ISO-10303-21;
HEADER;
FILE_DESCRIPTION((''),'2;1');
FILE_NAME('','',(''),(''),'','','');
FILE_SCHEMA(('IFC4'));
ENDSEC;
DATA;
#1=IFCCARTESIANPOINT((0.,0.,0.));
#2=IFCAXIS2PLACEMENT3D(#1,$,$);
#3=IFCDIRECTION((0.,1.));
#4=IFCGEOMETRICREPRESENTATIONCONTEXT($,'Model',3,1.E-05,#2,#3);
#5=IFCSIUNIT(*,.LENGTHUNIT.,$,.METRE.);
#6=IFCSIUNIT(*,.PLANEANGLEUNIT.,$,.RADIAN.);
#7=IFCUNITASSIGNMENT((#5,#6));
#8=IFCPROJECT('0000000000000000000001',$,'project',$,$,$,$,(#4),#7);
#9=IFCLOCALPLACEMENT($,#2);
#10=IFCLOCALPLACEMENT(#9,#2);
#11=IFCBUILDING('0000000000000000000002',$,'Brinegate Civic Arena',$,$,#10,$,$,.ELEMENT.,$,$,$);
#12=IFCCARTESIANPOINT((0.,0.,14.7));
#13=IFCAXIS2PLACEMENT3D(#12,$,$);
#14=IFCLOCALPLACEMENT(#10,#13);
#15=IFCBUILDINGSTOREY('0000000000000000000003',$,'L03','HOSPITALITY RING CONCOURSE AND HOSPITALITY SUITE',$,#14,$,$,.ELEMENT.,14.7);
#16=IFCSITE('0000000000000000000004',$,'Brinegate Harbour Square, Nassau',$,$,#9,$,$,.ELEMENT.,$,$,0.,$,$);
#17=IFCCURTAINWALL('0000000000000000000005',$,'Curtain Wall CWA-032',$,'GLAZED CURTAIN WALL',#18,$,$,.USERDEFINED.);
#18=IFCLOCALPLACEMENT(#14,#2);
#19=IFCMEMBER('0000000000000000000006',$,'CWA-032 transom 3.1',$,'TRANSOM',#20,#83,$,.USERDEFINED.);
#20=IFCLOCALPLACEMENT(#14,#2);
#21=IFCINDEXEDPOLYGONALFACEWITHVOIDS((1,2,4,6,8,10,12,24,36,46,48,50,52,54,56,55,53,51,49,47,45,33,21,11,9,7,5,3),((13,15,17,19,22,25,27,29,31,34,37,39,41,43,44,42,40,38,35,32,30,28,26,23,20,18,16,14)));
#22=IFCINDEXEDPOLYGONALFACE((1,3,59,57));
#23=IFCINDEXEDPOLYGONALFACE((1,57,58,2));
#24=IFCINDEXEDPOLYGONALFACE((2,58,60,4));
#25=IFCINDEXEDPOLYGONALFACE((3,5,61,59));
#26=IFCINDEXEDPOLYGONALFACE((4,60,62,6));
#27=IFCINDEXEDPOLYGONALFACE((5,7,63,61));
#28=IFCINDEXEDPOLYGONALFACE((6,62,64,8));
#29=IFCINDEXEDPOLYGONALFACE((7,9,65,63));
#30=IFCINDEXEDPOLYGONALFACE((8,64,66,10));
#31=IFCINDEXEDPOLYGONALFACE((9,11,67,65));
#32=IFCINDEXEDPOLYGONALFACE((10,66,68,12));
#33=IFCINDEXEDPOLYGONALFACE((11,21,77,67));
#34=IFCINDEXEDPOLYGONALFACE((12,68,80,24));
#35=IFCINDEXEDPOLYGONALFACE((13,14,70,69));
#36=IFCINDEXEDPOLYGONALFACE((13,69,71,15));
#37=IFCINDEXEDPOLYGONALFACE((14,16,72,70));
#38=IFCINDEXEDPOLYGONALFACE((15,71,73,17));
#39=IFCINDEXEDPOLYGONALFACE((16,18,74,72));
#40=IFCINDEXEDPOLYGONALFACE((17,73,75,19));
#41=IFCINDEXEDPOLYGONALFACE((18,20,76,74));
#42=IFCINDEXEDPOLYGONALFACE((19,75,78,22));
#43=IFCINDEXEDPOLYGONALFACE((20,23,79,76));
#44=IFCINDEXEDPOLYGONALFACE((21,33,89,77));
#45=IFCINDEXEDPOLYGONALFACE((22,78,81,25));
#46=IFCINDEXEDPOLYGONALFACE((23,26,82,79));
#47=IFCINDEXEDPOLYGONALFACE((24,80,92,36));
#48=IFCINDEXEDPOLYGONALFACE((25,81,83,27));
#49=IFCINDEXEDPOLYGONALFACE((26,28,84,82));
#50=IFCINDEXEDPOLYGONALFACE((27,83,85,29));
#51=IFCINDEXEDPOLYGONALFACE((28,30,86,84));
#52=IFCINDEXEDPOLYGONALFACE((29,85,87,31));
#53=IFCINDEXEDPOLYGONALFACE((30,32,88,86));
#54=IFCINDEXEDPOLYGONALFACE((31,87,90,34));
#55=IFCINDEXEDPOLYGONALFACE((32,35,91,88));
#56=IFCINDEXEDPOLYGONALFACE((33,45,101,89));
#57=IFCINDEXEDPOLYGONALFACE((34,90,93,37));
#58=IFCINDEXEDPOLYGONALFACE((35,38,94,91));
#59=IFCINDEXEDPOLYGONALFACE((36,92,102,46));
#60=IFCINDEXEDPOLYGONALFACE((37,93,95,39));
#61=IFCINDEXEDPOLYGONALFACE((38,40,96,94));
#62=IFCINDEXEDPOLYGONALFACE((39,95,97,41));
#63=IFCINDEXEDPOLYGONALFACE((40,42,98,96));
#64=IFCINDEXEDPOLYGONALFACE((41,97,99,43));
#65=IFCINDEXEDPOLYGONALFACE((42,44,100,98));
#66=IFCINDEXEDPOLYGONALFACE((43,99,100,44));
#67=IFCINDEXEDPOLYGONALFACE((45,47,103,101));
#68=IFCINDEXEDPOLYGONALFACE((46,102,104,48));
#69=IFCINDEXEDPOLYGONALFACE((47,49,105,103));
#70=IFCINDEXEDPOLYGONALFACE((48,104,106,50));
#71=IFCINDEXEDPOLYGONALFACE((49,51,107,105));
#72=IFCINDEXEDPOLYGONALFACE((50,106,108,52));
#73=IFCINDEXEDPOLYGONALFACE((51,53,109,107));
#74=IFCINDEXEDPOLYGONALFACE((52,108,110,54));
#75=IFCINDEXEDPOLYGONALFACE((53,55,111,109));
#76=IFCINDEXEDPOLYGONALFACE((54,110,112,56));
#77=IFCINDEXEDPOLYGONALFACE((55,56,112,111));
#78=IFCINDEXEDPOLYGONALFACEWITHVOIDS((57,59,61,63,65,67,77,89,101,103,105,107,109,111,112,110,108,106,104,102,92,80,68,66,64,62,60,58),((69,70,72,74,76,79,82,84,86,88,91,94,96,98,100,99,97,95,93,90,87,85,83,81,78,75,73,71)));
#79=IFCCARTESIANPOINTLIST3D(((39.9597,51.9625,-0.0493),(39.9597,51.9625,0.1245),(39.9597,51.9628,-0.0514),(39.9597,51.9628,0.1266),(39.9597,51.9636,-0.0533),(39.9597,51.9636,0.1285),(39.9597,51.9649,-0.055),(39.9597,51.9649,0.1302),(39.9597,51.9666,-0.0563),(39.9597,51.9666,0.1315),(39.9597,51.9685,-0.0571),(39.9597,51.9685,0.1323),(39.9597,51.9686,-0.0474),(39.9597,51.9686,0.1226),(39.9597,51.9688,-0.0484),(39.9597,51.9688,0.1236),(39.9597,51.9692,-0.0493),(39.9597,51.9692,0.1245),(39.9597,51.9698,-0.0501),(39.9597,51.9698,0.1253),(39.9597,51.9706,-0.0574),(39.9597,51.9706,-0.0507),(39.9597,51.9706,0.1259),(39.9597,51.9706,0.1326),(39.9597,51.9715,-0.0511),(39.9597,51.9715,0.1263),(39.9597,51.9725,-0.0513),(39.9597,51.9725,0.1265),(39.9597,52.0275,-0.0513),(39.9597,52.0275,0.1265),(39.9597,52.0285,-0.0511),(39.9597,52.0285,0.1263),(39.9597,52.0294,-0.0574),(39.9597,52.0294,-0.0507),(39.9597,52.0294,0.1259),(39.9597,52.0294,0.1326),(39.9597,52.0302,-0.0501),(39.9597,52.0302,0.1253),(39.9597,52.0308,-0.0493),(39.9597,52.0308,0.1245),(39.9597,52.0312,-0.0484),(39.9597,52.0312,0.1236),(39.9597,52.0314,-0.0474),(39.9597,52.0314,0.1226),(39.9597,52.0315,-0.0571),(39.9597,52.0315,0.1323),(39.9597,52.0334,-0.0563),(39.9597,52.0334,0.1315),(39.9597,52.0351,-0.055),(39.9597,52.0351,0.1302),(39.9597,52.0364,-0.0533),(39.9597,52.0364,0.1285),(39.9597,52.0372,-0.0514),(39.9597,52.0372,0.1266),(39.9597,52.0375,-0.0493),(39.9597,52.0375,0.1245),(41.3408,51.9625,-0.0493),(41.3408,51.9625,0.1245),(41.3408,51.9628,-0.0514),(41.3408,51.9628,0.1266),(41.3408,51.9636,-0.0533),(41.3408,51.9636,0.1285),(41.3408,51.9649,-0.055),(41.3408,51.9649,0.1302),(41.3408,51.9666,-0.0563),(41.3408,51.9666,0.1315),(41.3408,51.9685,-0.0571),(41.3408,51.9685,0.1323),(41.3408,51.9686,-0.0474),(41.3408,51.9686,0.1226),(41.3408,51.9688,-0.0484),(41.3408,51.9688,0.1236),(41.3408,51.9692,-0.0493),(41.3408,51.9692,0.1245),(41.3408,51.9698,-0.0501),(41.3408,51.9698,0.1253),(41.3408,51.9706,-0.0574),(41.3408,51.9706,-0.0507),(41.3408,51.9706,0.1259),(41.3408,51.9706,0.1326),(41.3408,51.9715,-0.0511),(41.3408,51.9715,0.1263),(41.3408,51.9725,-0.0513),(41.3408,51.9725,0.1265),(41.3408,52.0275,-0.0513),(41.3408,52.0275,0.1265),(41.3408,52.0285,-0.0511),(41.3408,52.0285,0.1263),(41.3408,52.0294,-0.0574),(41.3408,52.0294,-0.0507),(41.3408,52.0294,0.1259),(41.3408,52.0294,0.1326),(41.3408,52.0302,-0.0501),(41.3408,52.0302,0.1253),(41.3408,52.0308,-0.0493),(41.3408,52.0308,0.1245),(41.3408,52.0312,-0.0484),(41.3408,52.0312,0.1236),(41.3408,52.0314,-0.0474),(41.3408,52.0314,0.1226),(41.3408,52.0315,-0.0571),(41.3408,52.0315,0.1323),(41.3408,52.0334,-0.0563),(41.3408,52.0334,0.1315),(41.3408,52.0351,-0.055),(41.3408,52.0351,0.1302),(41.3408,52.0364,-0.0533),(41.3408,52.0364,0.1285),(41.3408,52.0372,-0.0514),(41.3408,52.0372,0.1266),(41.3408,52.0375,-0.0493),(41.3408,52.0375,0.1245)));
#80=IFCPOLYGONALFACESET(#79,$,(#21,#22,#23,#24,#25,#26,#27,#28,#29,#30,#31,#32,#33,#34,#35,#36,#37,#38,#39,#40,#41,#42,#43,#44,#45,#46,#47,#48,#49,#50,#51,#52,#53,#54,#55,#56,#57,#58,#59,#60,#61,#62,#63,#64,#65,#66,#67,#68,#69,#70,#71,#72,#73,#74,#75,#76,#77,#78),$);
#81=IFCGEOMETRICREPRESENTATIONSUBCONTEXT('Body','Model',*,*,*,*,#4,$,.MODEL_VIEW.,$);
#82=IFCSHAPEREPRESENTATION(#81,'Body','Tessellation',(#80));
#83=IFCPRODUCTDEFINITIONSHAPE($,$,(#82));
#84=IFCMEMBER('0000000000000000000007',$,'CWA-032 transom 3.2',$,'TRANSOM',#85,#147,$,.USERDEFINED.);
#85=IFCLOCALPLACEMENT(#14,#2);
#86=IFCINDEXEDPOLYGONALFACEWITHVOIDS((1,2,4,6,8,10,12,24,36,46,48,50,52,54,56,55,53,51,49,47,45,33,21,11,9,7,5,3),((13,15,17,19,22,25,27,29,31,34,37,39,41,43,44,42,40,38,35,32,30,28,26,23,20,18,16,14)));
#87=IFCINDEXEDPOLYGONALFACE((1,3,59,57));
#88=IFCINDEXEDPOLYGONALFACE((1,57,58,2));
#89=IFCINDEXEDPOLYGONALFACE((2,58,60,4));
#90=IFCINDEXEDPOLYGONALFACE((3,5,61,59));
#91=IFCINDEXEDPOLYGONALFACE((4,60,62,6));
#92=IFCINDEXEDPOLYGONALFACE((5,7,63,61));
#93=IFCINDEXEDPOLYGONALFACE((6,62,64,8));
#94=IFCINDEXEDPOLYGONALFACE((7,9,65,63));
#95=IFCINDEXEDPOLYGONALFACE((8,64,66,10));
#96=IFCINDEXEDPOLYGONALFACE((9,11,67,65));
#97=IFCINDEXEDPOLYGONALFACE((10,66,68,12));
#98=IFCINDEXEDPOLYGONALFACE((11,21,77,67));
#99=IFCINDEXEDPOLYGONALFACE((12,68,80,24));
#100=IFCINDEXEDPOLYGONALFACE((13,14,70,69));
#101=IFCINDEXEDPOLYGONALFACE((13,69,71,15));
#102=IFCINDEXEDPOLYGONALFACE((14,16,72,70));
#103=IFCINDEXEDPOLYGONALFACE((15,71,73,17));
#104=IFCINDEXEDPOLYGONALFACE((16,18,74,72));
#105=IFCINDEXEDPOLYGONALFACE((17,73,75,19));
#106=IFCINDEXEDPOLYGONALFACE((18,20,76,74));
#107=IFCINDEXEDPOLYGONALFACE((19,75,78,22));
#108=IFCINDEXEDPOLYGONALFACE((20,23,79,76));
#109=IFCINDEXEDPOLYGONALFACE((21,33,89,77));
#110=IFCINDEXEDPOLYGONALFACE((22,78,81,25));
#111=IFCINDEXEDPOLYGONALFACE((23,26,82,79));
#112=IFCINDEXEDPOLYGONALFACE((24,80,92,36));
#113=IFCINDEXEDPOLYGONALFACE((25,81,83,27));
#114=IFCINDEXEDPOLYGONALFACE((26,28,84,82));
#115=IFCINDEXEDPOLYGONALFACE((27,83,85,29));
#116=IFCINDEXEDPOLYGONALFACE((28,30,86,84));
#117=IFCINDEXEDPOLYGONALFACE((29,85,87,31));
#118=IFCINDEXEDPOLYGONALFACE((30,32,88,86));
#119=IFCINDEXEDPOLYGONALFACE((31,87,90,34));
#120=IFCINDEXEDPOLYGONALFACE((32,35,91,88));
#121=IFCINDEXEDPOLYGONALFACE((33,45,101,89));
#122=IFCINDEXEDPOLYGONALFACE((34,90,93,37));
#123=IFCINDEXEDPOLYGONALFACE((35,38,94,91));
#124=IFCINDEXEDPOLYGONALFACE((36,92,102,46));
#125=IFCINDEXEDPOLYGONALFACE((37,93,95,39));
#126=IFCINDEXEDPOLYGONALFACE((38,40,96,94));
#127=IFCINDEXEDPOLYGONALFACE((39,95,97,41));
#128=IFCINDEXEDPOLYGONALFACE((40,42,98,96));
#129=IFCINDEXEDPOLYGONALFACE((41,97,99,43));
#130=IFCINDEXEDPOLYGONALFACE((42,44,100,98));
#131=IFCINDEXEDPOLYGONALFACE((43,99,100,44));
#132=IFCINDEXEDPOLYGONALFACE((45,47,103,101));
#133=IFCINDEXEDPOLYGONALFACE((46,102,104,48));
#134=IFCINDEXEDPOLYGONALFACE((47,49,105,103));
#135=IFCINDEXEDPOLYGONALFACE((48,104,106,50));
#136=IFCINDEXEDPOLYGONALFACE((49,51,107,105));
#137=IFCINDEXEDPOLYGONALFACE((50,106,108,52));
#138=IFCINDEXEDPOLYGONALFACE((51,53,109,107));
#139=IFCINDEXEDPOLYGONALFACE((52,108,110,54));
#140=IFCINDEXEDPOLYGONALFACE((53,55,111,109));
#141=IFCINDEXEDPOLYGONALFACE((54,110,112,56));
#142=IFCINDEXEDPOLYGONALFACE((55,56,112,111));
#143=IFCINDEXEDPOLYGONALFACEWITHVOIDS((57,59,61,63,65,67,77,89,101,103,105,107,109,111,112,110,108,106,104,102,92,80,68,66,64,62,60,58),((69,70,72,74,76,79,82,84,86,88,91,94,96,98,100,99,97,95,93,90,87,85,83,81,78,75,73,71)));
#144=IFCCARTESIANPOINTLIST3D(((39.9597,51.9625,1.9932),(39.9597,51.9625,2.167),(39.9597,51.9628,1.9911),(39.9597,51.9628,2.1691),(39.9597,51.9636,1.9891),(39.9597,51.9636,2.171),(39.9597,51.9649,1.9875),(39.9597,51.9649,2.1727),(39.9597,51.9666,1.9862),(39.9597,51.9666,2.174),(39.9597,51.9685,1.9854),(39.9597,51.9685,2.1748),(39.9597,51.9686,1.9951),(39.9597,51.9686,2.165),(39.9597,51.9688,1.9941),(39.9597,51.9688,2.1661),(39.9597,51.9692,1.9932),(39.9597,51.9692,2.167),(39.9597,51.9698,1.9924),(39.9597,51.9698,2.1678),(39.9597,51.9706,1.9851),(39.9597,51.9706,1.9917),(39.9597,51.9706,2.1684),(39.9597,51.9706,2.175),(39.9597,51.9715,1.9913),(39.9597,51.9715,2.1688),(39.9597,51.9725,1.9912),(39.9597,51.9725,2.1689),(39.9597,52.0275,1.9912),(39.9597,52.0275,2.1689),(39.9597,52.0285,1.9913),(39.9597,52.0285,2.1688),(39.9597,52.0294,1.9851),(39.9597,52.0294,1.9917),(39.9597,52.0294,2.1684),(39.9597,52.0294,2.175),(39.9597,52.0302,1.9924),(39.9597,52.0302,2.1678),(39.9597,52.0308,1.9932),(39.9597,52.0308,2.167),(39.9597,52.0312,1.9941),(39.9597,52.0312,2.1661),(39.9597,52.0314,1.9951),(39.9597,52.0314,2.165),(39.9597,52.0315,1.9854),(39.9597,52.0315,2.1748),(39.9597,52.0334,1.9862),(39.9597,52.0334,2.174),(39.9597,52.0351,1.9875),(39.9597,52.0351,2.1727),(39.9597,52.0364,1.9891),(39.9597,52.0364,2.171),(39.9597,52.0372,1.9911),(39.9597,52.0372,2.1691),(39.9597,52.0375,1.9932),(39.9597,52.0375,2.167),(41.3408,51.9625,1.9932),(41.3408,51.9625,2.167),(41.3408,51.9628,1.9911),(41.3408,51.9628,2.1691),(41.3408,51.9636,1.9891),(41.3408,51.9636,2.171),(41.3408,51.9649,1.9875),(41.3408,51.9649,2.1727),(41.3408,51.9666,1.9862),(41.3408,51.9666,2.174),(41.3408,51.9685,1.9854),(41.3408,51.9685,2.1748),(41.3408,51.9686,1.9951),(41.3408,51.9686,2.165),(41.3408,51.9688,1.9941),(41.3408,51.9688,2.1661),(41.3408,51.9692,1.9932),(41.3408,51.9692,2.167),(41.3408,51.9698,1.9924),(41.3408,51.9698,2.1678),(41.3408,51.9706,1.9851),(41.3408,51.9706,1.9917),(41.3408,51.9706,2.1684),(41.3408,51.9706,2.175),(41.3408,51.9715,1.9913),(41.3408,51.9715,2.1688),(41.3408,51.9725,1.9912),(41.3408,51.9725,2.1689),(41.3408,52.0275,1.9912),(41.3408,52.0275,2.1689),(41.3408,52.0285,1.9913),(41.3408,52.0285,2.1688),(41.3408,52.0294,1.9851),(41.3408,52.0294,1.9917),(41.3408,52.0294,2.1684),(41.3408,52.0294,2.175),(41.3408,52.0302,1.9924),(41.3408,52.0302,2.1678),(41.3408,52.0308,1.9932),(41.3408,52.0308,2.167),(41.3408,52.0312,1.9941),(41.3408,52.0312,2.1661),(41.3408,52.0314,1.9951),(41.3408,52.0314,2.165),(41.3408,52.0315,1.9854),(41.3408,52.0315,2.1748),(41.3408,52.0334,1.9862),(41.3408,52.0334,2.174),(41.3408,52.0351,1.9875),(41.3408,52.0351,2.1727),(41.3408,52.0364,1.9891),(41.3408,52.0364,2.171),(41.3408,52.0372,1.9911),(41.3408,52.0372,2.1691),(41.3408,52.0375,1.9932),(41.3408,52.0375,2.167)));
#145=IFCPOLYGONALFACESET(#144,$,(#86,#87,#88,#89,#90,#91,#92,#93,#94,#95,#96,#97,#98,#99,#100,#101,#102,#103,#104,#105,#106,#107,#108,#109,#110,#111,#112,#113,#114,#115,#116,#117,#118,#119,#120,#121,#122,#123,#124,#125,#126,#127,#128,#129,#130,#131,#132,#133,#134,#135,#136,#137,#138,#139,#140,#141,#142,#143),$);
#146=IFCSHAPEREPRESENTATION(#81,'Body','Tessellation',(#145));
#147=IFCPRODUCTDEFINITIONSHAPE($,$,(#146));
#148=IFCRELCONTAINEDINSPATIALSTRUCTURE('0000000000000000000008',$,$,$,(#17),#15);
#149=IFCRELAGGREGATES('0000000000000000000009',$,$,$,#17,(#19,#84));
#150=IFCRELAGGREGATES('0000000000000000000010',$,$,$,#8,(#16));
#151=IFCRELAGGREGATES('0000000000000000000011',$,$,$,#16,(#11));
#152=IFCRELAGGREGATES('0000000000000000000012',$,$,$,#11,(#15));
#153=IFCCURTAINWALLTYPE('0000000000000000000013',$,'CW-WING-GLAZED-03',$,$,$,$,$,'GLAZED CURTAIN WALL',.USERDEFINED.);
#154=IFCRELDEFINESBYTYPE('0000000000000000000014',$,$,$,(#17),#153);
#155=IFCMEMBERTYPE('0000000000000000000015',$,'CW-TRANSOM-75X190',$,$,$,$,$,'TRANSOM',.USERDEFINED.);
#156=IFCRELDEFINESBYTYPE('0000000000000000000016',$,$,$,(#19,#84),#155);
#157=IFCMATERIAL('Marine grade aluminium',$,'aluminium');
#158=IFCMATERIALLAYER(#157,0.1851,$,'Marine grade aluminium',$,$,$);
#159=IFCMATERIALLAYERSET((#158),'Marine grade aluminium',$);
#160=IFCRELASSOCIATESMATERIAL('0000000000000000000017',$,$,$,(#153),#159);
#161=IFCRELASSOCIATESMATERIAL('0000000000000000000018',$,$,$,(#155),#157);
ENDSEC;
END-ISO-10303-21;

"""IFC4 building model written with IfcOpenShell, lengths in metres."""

from ifc_helpers import new_model, si_unit, direction, frame, origin, origin_2d, place, context, subcontext, project, spatial, hollow_rectangle, extrude, material, layer, layer_set, material_profile, profile_set, type_object, element, aggregate, save


model = new_model("IFC4")

# Units and contexts
model_context = context("Model", 3, precision=1e-05, world=origin(), true_north=direction((0.0, 1.0)))
body_context = subcontext(model_context, "Body", "Model", "MODEL_VIEW")
ifc_project = project(units=[si_unit("LENGTHUNIT", "METRE"), si_unit("PLANEANGLEUNIT", "RADIAN")], contexts=[model_context])

# Site, building, storey
site_placement = place(None, origin())
site = spatial("IfcSite", under=ifc_project, at=site_placement, Name="Brinegate Harbour Square, Nassau", CompositionType="ELEMENT", RefElevation=0.0)
building_placement = place(site_placement, origin())
building = spatial("IfcBuilding", under=site, at=building_placement, Name="Brinegate Civic Arena", CompositionType="ELEMENT")
storey_placement = place(building_placement, frame((0.0, 0.0, 14.7)))
storey = spatial("IfcBuildingStorey", under=building, at=storey_placement, Name="L03", Description="HOSPITALITY RING CONCOURSE AND HOSPITALITY SUITE", CompositionType="ELEMENT", Elevation=14.7)

# Curtain wall, members
ifc_material_1 = material(Name="Marine grade aluminium", Category="aluminium")
ifc_layer_1 = layer(ifc_material_1, 0.1851, Name="Marine grade aluminium")
ifc_layer_set_1 = layer_set([ifc_layer_1], Name="Marine grade aluminium")
curtain_wall_type = type_object("IfcCurtainWallType", Name="CW-WING-GLAZED-03", ElementType="GLAZED CURTAIN WALL", PredefinedType="USERDEFINED", material=ifc_layer_set_1)
curtain_wall_placement = place(storey_placement, origin())
curtain_wall = element("IfcCurtainWall", 1, at=curtain_wall_placement, inside=storey, type_object=curtain_wall_type, Name="Curtain Wall CWA-032", ObjectType="GLAZED CURTAIN WALL", PredefinedType="USERDEFINED")
ifc_material_profile_1 = material_profile(ifc_material_1, hollow_rectangle(XDim=0.075, YDim=0.1899, WallThickness=0.0061, InnerFilletRadius=0.0039, OuterFilletRadius=0.0081, at=origin_2d()), Name="TRN75X190")
ifc_profile_set_1 = profile_set([ifc_material_profile_1], Name="Marine grade aluminium")
member_type_1 = type_object("IfcMemberType", Name="CW-TRANSOM-75X190", ElementType="TRANSOM", PredefinedType="USERDEFINED", material=ifc_profile_set_1)
member_1_placement = place(storey_placement, frame((39.9597, 52.0, 0.0376), z_axis=(1.0, 0.0, 0.0), x_axis=(0.0, 1.0, 0.0)))
member_1 = element("IfcMember", 2, at=member_1_placement, type_object=member_type_1, Name="CWA-032 transom 3.1", ObjectType="TRANSOM", PredefinedType="USERDEFINED", context=body_context, shape_type="SweptSolid", body=[
    extrude(hollow_rectangle(XDim=0.075, YDim=0.1899, WallThickness=0.0061, InnerFilletRadius=0.0039, OuterFilletRadius=0.0081, at=origin_2d()), origin(), (0.0, 0.0, 1.0), 1.3811),
])
member_2_placement = place(storey_placement, frame((39.9597, 52.0, 2.0801), z_axis=(1.0, 0.0, 0.0), x_axis=(0.0, 1.0, 0.0)))
member_2 = element("IfcMember", 3, at=member_2_placement, type_object=member_type_1, Name="CWA-032 transom 3.2", ObjectType="TRANSOM", PredefinedType="USERDEFINED", context=body_context, shape_type="SweptSolid", body=[
    extrude(hollow_rectangle(XDim=0.075, YDim=0.1899, WallThickness=0.0061, InnerFilletRadius=0.0039, OuterFilletRadius=0.0081, at=origin_2d()), origin(), (0.0, 0.0, 1.0), 1.3811),
])
aggregate(curtain_wall, [member_1, member_2])

save(model, "model.ifc")
